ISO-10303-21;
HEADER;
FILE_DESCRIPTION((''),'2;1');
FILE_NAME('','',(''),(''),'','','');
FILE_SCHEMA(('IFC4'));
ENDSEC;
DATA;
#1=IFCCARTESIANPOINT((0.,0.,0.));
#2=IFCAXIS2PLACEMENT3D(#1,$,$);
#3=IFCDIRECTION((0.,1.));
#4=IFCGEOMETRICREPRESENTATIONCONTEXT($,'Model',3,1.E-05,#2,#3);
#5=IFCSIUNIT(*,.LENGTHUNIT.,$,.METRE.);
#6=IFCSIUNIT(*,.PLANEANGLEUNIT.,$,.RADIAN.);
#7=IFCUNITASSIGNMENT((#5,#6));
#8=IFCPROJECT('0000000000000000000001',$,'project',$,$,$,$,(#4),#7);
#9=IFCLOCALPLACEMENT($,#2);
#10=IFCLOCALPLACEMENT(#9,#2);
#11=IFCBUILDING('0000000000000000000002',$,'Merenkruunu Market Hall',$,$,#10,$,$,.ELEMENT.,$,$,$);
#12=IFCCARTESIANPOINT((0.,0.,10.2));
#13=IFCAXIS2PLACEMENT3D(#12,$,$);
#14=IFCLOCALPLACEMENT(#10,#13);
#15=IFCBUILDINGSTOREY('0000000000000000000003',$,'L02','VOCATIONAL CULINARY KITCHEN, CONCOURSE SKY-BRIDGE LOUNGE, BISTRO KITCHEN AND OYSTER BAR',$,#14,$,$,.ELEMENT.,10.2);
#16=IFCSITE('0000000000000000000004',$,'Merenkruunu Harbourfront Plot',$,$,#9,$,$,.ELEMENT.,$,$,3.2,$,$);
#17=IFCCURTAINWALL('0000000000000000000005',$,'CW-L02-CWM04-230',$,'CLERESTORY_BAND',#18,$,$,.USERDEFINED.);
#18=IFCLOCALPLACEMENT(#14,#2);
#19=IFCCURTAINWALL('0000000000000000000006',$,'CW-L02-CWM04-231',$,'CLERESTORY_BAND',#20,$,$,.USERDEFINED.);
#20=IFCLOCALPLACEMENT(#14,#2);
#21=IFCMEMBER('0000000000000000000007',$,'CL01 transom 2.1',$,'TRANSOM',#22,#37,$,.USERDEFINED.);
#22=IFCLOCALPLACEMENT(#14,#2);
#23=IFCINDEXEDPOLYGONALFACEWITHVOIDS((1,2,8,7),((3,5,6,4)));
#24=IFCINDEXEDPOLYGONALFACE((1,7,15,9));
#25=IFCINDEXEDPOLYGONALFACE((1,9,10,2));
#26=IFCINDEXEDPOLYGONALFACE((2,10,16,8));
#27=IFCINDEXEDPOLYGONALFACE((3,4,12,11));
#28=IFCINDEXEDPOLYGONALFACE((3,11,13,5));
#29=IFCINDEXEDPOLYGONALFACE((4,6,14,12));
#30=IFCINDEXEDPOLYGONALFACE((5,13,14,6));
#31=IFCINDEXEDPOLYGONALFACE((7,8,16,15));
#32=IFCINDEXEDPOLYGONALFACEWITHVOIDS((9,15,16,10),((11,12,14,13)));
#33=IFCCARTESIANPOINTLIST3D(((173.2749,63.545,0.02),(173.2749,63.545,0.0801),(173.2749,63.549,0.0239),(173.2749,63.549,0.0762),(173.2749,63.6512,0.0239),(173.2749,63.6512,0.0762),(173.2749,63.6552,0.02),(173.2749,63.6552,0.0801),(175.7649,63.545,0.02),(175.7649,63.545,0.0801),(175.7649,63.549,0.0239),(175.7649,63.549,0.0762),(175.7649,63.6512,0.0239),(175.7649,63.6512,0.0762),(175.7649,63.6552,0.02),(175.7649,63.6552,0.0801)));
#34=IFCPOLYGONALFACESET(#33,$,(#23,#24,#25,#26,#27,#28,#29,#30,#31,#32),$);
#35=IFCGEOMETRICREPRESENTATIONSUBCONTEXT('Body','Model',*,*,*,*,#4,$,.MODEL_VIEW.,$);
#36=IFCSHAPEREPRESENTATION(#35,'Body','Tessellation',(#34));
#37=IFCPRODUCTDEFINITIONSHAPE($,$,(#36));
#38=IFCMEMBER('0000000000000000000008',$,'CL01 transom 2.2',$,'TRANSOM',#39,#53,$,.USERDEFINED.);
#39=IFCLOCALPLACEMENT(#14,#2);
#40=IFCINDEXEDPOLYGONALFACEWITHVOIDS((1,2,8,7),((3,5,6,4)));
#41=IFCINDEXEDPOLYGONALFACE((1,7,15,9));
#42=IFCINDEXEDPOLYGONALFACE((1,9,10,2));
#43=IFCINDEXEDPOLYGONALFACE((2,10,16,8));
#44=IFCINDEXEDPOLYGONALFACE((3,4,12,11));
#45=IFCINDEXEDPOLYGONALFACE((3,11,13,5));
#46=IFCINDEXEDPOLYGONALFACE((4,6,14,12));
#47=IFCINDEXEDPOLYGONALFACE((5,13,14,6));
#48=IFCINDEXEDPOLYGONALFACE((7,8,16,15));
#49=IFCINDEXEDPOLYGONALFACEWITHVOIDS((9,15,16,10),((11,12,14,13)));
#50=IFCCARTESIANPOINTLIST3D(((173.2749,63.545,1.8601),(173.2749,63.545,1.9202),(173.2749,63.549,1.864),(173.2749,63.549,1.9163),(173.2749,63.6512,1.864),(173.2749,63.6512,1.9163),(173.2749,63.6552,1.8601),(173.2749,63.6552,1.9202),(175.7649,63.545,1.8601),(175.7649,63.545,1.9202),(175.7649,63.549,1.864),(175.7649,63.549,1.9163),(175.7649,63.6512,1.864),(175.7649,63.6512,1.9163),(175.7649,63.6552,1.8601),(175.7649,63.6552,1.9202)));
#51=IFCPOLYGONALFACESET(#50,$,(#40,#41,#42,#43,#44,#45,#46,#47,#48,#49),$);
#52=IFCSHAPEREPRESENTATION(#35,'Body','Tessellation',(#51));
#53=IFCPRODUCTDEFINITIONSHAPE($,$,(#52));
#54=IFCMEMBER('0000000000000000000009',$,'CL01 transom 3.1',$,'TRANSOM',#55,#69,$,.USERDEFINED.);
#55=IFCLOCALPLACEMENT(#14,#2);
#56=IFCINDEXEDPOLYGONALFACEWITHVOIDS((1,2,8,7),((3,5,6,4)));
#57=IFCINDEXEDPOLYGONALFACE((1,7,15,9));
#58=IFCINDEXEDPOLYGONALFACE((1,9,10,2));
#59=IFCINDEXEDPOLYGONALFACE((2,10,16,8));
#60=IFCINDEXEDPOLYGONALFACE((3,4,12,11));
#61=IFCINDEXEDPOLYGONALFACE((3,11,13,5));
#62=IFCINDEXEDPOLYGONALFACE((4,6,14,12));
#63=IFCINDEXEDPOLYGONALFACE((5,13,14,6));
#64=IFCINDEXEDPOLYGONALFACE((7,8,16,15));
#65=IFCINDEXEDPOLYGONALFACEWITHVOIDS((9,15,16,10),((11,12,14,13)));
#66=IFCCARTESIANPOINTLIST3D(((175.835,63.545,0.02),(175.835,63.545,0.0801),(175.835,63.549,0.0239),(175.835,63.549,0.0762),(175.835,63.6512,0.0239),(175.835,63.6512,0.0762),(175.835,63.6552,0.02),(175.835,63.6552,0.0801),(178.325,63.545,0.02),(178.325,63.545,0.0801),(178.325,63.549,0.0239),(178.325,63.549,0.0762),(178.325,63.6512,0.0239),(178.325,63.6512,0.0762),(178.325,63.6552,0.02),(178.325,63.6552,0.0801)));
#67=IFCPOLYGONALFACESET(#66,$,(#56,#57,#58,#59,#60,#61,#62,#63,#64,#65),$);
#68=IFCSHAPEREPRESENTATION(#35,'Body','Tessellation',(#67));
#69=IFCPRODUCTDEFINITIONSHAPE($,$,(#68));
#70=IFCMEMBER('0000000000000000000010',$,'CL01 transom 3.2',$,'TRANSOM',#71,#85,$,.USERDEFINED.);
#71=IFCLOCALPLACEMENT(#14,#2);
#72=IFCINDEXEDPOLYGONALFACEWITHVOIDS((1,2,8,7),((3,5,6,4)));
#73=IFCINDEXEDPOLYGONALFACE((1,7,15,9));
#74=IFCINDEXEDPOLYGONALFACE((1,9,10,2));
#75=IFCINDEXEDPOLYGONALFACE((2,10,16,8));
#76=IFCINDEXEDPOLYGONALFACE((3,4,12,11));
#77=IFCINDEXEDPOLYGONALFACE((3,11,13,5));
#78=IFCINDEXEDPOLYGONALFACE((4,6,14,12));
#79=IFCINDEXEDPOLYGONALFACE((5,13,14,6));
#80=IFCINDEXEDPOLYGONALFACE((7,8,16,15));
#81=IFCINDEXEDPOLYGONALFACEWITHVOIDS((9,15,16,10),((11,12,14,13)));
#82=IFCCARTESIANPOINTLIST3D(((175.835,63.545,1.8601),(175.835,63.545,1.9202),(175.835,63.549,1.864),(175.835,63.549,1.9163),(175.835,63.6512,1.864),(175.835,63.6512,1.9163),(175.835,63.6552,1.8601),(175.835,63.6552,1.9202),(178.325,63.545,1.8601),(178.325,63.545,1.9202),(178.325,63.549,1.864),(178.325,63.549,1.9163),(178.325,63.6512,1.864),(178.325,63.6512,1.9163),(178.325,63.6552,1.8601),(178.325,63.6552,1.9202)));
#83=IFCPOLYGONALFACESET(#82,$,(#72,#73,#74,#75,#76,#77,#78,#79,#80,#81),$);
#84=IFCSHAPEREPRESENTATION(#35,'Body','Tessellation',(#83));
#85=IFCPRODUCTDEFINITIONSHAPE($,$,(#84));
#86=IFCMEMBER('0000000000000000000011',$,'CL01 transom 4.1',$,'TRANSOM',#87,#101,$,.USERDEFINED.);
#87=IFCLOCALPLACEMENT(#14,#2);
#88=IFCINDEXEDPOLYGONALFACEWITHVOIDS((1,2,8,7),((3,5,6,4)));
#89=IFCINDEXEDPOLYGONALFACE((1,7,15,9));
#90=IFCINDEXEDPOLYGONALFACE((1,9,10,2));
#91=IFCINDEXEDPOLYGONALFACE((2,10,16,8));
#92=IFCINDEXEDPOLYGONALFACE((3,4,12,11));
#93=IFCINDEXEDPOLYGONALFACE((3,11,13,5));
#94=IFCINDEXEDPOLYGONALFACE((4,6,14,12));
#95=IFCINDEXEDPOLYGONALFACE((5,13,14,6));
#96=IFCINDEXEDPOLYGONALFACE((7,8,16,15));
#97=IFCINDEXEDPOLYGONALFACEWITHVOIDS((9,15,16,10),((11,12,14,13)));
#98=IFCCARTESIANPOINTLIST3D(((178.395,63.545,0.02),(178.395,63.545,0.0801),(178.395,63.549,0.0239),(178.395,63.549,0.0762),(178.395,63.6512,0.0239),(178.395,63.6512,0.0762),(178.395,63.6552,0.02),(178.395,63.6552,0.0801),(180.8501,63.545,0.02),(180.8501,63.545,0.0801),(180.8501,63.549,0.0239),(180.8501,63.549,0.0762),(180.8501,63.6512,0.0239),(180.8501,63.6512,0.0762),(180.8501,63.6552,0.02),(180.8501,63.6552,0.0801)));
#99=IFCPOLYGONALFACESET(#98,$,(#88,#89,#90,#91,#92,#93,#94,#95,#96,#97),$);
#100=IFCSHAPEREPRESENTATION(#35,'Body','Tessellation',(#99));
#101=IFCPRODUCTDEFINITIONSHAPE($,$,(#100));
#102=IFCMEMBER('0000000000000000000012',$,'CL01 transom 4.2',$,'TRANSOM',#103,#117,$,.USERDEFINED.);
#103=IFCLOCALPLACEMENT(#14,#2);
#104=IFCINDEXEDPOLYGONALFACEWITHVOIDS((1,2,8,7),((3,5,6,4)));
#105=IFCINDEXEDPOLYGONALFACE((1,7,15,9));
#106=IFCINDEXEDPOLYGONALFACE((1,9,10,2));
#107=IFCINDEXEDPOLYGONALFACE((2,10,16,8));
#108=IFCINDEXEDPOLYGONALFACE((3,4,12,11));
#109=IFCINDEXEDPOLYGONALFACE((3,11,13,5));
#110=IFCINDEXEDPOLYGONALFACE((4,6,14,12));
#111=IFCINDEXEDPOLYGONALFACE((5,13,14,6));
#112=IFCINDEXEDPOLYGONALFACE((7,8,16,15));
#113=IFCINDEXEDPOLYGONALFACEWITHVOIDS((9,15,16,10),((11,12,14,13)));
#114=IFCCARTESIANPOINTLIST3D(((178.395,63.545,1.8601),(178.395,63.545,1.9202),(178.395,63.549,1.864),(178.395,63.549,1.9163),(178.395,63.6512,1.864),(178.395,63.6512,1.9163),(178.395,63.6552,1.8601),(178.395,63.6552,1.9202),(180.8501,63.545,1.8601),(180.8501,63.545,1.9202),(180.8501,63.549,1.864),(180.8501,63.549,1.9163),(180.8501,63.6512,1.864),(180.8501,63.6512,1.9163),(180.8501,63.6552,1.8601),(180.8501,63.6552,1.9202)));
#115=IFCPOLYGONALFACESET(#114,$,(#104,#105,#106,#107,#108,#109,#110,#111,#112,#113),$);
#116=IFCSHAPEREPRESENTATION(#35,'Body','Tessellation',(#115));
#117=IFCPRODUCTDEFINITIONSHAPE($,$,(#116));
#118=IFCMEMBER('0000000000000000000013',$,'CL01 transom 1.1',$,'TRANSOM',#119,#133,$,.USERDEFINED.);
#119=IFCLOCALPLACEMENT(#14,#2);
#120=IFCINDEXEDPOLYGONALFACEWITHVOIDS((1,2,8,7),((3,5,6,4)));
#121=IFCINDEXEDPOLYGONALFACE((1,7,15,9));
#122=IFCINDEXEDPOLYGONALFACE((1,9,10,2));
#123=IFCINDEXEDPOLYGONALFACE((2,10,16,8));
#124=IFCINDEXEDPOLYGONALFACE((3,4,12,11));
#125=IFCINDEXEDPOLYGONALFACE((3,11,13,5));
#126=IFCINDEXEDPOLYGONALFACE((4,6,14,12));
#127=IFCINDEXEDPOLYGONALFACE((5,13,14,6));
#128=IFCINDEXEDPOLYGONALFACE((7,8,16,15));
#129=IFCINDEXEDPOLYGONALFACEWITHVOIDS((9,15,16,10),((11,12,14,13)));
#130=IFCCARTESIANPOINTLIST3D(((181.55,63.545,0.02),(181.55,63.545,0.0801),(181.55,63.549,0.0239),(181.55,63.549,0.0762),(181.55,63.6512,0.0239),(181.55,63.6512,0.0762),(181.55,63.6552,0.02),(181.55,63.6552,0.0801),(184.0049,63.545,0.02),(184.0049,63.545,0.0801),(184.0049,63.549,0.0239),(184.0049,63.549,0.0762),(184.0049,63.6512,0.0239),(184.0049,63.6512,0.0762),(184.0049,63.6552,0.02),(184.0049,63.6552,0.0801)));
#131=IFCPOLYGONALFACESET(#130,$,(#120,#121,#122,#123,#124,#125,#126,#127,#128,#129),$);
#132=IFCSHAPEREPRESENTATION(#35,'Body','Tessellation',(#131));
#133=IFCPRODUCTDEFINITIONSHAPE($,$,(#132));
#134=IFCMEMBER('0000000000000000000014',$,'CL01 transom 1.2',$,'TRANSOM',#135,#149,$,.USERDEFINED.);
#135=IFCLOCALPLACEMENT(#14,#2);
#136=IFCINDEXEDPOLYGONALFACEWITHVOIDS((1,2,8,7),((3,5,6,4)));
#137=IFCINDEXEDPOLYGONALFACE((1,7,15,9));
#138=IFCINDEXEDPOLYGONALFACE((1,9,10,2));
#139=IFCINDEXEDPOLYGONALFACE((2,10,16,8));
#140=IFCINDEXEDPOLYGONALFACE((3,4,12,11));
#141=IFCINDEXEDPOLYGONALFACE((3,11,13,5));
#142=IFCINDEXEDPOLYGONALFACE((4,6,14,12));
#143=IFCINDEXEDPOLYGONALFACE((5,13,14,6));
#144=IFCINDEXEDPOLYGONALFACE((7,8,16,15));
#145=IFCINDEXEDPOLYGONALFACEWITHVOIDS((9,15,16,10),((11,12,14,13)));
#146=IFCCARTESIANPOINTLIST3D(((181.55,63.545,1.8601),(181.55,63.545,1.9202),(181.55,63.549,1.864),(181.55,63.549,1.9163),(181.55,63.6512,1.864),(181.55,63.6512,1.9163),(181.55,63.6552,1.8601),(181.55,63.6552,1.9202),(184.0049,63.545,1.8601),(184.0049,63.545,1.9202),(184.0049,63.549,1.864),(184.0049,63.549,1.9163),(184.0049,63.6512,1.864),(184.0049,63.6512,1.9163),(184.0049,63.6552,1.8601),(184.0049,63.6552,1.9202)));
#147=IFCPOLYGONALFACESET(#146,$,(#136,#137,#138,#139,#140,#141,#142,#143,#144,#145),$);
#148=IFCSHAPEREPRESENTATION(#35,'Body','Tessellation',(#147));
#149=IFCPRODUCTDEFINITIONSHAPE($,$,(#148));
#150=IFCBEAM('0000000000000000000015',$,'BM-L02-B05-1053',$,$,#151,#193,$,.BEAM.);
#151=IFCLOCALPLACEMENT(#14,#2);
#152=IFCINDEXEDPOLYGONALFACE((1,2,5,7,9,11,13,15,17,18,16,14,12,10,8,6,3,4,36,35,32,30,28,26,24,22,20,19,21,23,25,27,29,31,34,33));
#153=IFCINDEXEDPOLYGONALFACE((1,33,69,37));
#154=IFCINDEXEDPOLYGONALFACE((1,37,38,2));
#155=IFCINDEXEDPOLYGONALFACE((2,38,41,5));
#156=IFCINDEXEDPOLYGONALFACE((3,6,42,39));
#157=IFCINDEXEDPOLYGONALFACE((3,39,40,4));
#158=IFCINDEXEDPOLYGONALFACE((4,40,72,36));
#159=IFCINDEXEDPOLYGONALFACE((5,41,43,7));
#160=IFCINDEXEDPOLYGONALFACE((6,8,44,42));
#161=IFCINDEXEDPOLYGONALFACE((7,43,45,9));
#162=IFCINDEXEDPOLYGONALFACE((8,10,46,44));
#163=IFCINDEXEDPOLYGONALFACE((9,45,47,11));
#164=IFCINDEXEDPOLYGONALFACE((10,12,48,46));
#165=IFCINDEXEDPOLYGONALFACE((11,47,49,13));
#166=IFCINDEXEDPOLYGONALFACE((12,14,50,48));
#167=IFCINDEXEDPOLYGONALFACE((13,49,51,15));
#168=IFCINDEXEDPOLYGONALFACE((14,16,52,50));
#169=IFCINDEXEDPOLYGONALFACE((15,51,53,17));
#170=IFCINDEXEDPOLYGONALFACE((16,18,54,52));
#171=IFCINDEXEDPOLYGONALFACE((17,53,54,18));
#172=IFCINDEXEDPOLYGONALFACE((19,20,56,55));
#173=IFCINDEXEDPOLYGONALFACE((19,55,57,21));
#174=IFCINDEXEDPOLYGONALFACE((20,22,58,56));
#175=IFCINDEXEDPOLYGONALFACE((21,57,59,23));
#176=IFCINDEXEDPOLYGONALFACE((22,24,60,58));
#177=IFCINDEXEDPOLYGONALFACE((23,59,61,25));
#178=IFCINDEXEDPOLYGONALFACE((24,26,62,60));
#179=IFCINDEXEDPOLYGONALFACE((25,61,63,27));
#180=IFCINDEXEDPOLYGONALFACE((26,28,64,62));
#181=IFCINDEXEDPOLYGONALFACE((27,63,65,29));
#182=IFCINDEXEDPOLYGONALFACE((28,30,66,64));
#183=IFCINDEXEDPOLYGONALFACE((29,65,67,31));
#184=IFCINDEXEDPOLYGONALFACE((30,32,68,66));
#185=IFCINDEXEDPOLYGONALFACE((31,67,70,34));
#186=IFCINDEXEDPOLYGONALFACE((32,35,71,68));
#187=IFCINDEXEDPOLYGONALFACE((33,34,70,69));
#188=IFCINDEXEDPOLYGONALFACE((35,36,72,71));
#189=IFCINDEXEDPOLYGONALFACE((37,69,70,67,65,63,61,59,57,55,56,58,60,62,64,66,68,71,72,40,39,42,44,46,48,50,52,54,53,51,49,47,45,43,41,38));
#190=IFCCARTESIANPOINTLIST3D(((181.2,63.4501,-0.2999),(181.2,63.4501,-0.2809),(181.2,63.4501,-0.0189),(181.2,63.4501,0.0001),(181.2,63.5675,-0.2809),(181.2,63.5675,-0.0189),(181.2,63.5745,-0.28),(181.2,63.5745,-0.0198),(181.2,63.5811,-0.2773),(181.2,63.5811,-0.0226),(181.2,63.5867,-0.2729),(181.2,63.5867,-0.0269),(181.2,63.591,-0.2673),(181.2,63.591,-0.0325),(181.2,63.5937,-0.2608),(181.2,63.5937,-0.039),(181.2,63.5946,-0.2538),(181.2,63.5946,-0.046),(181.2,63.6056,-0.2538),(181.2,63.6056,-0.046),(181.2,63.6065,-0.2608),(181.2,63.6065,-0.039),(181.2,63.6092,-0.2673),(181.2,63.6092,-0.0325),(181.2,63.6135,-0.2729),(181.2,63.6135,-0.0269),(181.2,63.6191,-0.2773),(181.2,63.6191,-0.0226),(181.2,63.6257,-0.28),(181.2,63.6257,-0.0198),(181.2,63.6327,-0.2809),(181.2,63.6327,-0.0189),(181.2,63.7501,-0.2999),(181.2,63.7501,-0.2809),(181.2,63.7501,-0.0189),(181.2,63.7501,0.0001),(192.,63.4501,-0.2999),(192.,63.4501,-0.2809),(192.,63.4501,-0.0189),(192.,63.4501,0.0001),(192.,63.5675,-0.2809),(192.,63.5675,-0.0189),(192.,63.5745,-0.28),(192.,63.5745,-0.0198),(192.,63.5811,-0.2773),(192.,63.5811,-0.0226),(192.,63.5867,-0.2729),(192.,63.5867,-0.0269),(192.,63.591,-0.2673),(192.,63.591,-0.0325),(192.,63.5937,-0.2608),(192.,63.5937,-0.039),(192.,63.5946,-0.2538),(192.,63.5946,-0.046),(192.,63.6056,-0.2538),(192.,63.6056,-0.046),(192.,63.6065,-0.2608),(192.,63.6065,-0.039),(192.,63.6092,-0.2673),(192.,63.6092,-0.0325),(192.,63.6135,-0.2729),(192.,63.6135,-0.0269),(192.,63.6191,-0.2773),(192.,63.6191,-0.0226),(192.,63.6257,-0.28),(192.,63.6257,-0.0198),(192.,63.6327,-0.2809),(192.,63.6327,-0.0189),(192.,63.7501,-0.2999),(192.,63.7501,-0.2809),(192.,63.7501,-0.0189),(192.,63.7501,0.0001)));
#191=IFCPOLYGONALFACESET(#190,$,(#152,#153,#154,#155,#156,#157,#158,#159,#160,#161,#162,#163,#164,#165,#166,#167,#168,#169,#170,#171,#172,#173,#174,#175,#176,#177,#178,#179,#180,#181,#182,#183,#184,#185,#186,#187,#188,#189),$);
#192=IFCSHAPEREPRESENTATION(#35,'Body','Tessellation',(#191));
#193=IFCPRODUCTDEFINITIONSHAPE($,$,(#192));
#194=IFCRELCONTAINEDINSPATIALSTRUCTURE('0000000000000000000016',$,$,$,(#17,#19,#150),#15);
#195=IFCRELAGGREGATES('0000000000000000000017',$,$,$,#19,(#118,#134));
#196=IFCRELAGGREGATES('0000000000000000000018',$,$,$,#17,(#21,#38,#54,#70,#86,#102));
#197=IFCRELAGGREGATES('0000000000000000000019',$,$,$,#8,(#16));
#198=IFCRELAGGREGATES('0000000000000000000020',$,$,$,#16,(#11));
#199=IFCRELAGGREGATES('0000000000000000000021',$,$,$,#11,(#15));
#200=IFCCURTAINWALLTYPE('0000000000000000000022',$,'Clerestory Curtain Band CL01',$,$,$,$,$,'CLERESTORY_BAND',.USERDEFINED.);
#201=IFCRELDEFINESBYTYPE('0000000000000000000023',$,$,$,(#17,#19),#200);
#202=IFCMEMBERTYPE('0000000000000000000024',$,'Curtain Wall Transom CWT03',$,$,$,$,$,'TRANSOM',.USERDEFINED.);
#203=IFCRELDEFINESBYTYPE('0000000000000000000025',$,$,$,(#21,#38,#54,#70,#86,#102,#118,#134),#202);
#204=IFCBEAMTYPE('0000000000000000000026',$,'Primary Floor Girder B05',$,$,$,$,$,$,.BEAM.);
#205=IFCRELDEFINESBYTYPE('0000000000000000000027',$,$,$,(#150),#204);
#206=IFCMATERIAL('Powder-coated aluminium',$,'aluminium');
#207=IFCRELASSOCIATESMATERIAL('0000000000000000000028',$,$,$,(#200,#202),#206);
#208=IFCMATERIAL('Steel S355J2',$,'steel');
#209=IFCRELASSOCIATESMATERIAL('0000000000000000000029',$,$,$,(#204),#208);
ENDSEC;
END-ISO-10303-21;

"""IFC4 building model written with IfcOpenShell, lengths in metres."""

from ifc_helpers import new_model, si_unit, direction, frame, origin, origin_2d, place, context, subcontext, project, spatial, hollow_rectangle, i_section, extrude, material, material_profile, profile_set, type_object, element, aggregate, save


model = new_model("IFC4")

# Units and contexts
model_context = context("Model", 3, precision=1e-05, world=origin(), true_north=direction((0.0, 1.0)))
body_context = subcontext(model_context, "Body", "Model", "MODEL_VIEW")
ifc_project = project(units=[si_unit("LENGTHUNIT", "METRE"), si_unit("PLANEANGLEUNIT", "RADIAN")], contexts=[model_context])

# Site, building, storey
site_placement = place(None, origin())
site = spatial("IfcSite", under=ifc_project, at=site_placement, Name="Merenkruunu Harbourfront Plot", CompositionType="ELEMENT", RefElevation=3.2)
building_placement = place(site_placement, origin())
building = spatial("IfcBuilding", under=site, at=building_placement, Name="Merenkruunu Market Hall", CompositionType="ELEMENT")
storey_placement = place(building_placement, frame((0.0, 0.0, 10.2)))
storey = spatial("IfcBuildingStorey", under=building, at=storey_placement, Name="L02", Description="VOCATIONAL CULINARY KITCHEN, CONCOURSE SKY-BRIDGE LOUNGE, BISTRO KITCHEN AND OYSTER BAR", CompositionType="ELEMENT", Elevation=10.2)

# Shared definitions
ifc_material_1 = material(Name="Steel S355J2", Category="steel")

# Curtain wall
ifc_material_2 = material(Name="Powder-coated aluminium", Category="aluminium")
curtain_wall_type = type_object("IfcCurtainWallType", Name="Clerestory Curtain Band CL01", ElementType="CLERESTORY_BAND", PredefinedType="USERDEFINED", material=ifc_material_2)
curtain_wall_1_placement = place(storey_placement, origin())
curtain_wall_1 = element("IfcCurtainWall", 1, at=curtain_wall_1_placement, inside=storey, type_object=curtain_wall_type, Name="CW-L02-CWM04-230", ObjectType="CLERESTORY_BAND", PredefinedType="USERDEFINED")

# Curtain wall
curtain_wall_2_placement = place(storey_placement, origin())
curtain_wall_2 = element("IfcCurtainWall", 2, at=curtain_wall_2_placement, inside=storey, type_object=curtain_wall_type, Name="CW-L02-CWM04-231", ObjectType="CLERESTORY_BAND", PredefinedType="USERDEFINED")

# Members
ifc_material_profile_1 = material_profile(ifc_material_2, hollow_rectangle(XDim=0.0601, YDim=0.1101, WallThickness=0.0039, at=origin_2d()), Name="ALU 60x110x4")
ifc_profile_set_1 = profile_set([ifc_material_profile_1], Name="Powder-coated aluminium")
member_type_1 = type_object("IfcMemberType", Name="Curtain Wall Transom CWT03", ElementType="TRANSOM", PredefinedType="USERDEFINED", material=ifc_profile_set_1)
member_1_placement = place(storey_placement, frame((173.2749, 63.6001, 0.05), z_axis=(1.0, 0.0, 0.0), x_axis=(0.0, 0.0, 1.0)))
member_1 = element("IfcMember", 3, at=member_1_placement, type_object=member_type_1, Name="CL01 transom 2.1", ObjectType="TRANSOM", PredefinedType="USERDEFINED", context=body_context, shape_type="SweptSolid", body=[
    extrude(hollow_rectangle(XDim=0.0601, YDim=0.1101, WallThickness=0.0039, at=origin_2d()), origin(), (0.0, 0.0, 1.0), 2.49),
])
member_2_placement = place(storey_placement, frame((173.2749, 63.6001, 1.8901), z_axis=(1.0, 0.0, 0.0), x_axis=(0.0, 0.0, 1.0)))
member_2 = element("IfcMember", 4, at=member_2_placement, type_object=member_type_1, Name="CL01 transom 2.2", ObjectType="TRANSOM", PredefinedType="USERDEFINED", context=body_context, shape_type="SweptSolid", body=[
    extrude(hollow_rectangle(XDim=0.0601, YDim=0.1101, WallThickness=0.0039, at=origin_2d()), origin(), (0.0, 0.0, 1.0), 2.49),
])
member_3_placement = place(storey_placement, frame((175.835, 63.6001, 0.05), z_axis=(1.0, 0.0, 0.0), x_axis=(0.0, 0.0, 1.0)))
member_3 = element("IfcMember", 5, at=member_3_placement, type_object=member_type_1, Name="CL01 transom 3.1", ObjectType="TRANSOM", PredefinedType="USERDEFINED", context=body_context, shape_type="SweptSolid", body=[
    extrude(hollow_rectangle(XDim=0.0601, YDim=0.1101, WallThickness=0.0039, at=origin_2d()), origin(), (0.0, 0.0, 1.0), 2.49),
])
member_4_placement = place(storey_placement, frame((175.835, 63.6001, 1.8901), z_axis=(1.0, 0.0, 0.0), x_axis=(0.0, 0.0, 1.0)))
member_4 = element("IfcMember", 6, at=member_4_placement, type_object=member_type_1, Name="CL01 transom 3.2", ObjectType="TRANSOM", PredefinedType="USERDEFINED", context=body_context, shape_type="SweptSolid", body=[
    extrude(hollow_rectangle(XDim=0.0601, YDim=0.1101, WallThickness=0.0039, at=origin_2d()), origin(), (0.0, 0.0, 1.0), 2.49),
])
member_5_placement = place(storey_placement, frame((178.395, 63.6001, 0.05), z_axis=(1.0, 0.0, 0.0), x_axis=(0.0, 0.0, 1.0)))
member_5 = element("IfcMember", 7, at=member_5_placement, type_object=member_type_1, Name="CL01 transom 4.1", ObjectType="TRANSOM", PredefinedType="USERDEFINED", context=body_context, shape_type="SweptSolid", body=[
    extrude(hollow_rectangle(XDim=0.0601, YDim=0.1101, WallThickness=0.0039, at=origin_2d()), origin(), (0.0, 0.0, 1.0), 2.4551),
])
member_6_placement = place(storey_placement, frame((178.395, 63.6001, 1.8901), z_axis=(1.0, 0.0, 0.0), x_axis=(0.0, 0.0, 1.0)))
member_6 = element("IfcMember", 8, at=member_6_placement, type_object=member_type_1, Name="CL01 transom 4.2", ObjectType="TRANSOM", PredefinedType="USERDEFINED", context=body_context, shape_type="SweptSolid", body=[
    extrude(hollow_rectangle(XDim=0.0601, YDim=0.1101, WallThickness=0.0039, at=origin_2d()), origin(), (0.0, 0.0, 1.0), 2.4551),
])
member_7_placement = place(storey_placement, frame((181.55, 63.6001, 0.05), z_axis=(1.0, 0.0, 0.0), x_axis=(0.0, 0.0, 1.0)))
member_7 = element("IfcMember", 9, at=member_7_placement, type_object=member_type_1, Name="CL01 transom 1.1", ObjectType="TRANSOM", PredefinedType="USERDEFINED", context=body_context, shape_type="SweptSolid", body=[
    extrude(hollow_rectangle(XDim=0.0601, YDim=0.1101, WallThickness=0.0039, at=origin_2d()), origin(), (0.0, 0.0, 1.0), 2.4548),
])
member_8_placement = place(storey_placement, frame((181.55, 63.6001, 1.8901), z_axis=(1.0, 0.0, 0.0), x_axis=(0.0, 0.0, 1.0)))
member_8 = element("IfcMember", 10, at=member_8_placement, type_object=member_type_1, Name="CL01 transom 1.2", ObjectType="TRANSOM", PredefinedType="USERDEFINED", context=body_context, shape_type="SweptSolid", body=[
    extrude(hollow_rectangle(XDim=0.0601, YDim=0.1101, WallThickness=0.0039, at=origin_2d()), origin(), (0.0, 0.0, 1.0), 2.4548),
])
aggregate(curtain_wall_2, [member_7, member_8])

# Beam
ifc_material_profile_2 = material_profile(ifc_material_1, i_section(OverallWidth=0.3, OverallDepth=0.3, WebThickness=0.011, FlangeThickness=0.019, FilletRadius=0.0271, at=origin_2d()), Name="HEB 300")
ifc_profile_set_2 = profile_set([ifc_material_profile_2], Name="Steel S355J2")
beam_type = type_object("IfcBeamType", Name="Primary Floor Girder B05", PredefinedType="BEAM", material=ifc_profile_set_2)
beam_placement = place(storey_placement, frame((181.2, 63.6001, -0.1499), z_axis=(1.0, 0.0, 0.0), x_axis=(0.0, 1.0, 0.0)))
element("IfcBeam", 11, at=beam_placement, inside=storey, type_object=beam_type, Name="BM-L02-B05-1053", PredefinedType="BEAM", context=body_context, shape_type="SweptSolid", body=[
    extrude(i_section(OverallWidth=0.3, OverallDepth=0.3, WebThickness=0.011, FlangeThickness=0.019, FilletRadius=0.0271, at=origin_2d()), origin(), (0.0, 0.0, 1.0), 10.8),
])

aggregate(curtain_wall_1, [member_1, member_2, member_3, member_4, member_5, member_6])

save(model, "model.ifc")
